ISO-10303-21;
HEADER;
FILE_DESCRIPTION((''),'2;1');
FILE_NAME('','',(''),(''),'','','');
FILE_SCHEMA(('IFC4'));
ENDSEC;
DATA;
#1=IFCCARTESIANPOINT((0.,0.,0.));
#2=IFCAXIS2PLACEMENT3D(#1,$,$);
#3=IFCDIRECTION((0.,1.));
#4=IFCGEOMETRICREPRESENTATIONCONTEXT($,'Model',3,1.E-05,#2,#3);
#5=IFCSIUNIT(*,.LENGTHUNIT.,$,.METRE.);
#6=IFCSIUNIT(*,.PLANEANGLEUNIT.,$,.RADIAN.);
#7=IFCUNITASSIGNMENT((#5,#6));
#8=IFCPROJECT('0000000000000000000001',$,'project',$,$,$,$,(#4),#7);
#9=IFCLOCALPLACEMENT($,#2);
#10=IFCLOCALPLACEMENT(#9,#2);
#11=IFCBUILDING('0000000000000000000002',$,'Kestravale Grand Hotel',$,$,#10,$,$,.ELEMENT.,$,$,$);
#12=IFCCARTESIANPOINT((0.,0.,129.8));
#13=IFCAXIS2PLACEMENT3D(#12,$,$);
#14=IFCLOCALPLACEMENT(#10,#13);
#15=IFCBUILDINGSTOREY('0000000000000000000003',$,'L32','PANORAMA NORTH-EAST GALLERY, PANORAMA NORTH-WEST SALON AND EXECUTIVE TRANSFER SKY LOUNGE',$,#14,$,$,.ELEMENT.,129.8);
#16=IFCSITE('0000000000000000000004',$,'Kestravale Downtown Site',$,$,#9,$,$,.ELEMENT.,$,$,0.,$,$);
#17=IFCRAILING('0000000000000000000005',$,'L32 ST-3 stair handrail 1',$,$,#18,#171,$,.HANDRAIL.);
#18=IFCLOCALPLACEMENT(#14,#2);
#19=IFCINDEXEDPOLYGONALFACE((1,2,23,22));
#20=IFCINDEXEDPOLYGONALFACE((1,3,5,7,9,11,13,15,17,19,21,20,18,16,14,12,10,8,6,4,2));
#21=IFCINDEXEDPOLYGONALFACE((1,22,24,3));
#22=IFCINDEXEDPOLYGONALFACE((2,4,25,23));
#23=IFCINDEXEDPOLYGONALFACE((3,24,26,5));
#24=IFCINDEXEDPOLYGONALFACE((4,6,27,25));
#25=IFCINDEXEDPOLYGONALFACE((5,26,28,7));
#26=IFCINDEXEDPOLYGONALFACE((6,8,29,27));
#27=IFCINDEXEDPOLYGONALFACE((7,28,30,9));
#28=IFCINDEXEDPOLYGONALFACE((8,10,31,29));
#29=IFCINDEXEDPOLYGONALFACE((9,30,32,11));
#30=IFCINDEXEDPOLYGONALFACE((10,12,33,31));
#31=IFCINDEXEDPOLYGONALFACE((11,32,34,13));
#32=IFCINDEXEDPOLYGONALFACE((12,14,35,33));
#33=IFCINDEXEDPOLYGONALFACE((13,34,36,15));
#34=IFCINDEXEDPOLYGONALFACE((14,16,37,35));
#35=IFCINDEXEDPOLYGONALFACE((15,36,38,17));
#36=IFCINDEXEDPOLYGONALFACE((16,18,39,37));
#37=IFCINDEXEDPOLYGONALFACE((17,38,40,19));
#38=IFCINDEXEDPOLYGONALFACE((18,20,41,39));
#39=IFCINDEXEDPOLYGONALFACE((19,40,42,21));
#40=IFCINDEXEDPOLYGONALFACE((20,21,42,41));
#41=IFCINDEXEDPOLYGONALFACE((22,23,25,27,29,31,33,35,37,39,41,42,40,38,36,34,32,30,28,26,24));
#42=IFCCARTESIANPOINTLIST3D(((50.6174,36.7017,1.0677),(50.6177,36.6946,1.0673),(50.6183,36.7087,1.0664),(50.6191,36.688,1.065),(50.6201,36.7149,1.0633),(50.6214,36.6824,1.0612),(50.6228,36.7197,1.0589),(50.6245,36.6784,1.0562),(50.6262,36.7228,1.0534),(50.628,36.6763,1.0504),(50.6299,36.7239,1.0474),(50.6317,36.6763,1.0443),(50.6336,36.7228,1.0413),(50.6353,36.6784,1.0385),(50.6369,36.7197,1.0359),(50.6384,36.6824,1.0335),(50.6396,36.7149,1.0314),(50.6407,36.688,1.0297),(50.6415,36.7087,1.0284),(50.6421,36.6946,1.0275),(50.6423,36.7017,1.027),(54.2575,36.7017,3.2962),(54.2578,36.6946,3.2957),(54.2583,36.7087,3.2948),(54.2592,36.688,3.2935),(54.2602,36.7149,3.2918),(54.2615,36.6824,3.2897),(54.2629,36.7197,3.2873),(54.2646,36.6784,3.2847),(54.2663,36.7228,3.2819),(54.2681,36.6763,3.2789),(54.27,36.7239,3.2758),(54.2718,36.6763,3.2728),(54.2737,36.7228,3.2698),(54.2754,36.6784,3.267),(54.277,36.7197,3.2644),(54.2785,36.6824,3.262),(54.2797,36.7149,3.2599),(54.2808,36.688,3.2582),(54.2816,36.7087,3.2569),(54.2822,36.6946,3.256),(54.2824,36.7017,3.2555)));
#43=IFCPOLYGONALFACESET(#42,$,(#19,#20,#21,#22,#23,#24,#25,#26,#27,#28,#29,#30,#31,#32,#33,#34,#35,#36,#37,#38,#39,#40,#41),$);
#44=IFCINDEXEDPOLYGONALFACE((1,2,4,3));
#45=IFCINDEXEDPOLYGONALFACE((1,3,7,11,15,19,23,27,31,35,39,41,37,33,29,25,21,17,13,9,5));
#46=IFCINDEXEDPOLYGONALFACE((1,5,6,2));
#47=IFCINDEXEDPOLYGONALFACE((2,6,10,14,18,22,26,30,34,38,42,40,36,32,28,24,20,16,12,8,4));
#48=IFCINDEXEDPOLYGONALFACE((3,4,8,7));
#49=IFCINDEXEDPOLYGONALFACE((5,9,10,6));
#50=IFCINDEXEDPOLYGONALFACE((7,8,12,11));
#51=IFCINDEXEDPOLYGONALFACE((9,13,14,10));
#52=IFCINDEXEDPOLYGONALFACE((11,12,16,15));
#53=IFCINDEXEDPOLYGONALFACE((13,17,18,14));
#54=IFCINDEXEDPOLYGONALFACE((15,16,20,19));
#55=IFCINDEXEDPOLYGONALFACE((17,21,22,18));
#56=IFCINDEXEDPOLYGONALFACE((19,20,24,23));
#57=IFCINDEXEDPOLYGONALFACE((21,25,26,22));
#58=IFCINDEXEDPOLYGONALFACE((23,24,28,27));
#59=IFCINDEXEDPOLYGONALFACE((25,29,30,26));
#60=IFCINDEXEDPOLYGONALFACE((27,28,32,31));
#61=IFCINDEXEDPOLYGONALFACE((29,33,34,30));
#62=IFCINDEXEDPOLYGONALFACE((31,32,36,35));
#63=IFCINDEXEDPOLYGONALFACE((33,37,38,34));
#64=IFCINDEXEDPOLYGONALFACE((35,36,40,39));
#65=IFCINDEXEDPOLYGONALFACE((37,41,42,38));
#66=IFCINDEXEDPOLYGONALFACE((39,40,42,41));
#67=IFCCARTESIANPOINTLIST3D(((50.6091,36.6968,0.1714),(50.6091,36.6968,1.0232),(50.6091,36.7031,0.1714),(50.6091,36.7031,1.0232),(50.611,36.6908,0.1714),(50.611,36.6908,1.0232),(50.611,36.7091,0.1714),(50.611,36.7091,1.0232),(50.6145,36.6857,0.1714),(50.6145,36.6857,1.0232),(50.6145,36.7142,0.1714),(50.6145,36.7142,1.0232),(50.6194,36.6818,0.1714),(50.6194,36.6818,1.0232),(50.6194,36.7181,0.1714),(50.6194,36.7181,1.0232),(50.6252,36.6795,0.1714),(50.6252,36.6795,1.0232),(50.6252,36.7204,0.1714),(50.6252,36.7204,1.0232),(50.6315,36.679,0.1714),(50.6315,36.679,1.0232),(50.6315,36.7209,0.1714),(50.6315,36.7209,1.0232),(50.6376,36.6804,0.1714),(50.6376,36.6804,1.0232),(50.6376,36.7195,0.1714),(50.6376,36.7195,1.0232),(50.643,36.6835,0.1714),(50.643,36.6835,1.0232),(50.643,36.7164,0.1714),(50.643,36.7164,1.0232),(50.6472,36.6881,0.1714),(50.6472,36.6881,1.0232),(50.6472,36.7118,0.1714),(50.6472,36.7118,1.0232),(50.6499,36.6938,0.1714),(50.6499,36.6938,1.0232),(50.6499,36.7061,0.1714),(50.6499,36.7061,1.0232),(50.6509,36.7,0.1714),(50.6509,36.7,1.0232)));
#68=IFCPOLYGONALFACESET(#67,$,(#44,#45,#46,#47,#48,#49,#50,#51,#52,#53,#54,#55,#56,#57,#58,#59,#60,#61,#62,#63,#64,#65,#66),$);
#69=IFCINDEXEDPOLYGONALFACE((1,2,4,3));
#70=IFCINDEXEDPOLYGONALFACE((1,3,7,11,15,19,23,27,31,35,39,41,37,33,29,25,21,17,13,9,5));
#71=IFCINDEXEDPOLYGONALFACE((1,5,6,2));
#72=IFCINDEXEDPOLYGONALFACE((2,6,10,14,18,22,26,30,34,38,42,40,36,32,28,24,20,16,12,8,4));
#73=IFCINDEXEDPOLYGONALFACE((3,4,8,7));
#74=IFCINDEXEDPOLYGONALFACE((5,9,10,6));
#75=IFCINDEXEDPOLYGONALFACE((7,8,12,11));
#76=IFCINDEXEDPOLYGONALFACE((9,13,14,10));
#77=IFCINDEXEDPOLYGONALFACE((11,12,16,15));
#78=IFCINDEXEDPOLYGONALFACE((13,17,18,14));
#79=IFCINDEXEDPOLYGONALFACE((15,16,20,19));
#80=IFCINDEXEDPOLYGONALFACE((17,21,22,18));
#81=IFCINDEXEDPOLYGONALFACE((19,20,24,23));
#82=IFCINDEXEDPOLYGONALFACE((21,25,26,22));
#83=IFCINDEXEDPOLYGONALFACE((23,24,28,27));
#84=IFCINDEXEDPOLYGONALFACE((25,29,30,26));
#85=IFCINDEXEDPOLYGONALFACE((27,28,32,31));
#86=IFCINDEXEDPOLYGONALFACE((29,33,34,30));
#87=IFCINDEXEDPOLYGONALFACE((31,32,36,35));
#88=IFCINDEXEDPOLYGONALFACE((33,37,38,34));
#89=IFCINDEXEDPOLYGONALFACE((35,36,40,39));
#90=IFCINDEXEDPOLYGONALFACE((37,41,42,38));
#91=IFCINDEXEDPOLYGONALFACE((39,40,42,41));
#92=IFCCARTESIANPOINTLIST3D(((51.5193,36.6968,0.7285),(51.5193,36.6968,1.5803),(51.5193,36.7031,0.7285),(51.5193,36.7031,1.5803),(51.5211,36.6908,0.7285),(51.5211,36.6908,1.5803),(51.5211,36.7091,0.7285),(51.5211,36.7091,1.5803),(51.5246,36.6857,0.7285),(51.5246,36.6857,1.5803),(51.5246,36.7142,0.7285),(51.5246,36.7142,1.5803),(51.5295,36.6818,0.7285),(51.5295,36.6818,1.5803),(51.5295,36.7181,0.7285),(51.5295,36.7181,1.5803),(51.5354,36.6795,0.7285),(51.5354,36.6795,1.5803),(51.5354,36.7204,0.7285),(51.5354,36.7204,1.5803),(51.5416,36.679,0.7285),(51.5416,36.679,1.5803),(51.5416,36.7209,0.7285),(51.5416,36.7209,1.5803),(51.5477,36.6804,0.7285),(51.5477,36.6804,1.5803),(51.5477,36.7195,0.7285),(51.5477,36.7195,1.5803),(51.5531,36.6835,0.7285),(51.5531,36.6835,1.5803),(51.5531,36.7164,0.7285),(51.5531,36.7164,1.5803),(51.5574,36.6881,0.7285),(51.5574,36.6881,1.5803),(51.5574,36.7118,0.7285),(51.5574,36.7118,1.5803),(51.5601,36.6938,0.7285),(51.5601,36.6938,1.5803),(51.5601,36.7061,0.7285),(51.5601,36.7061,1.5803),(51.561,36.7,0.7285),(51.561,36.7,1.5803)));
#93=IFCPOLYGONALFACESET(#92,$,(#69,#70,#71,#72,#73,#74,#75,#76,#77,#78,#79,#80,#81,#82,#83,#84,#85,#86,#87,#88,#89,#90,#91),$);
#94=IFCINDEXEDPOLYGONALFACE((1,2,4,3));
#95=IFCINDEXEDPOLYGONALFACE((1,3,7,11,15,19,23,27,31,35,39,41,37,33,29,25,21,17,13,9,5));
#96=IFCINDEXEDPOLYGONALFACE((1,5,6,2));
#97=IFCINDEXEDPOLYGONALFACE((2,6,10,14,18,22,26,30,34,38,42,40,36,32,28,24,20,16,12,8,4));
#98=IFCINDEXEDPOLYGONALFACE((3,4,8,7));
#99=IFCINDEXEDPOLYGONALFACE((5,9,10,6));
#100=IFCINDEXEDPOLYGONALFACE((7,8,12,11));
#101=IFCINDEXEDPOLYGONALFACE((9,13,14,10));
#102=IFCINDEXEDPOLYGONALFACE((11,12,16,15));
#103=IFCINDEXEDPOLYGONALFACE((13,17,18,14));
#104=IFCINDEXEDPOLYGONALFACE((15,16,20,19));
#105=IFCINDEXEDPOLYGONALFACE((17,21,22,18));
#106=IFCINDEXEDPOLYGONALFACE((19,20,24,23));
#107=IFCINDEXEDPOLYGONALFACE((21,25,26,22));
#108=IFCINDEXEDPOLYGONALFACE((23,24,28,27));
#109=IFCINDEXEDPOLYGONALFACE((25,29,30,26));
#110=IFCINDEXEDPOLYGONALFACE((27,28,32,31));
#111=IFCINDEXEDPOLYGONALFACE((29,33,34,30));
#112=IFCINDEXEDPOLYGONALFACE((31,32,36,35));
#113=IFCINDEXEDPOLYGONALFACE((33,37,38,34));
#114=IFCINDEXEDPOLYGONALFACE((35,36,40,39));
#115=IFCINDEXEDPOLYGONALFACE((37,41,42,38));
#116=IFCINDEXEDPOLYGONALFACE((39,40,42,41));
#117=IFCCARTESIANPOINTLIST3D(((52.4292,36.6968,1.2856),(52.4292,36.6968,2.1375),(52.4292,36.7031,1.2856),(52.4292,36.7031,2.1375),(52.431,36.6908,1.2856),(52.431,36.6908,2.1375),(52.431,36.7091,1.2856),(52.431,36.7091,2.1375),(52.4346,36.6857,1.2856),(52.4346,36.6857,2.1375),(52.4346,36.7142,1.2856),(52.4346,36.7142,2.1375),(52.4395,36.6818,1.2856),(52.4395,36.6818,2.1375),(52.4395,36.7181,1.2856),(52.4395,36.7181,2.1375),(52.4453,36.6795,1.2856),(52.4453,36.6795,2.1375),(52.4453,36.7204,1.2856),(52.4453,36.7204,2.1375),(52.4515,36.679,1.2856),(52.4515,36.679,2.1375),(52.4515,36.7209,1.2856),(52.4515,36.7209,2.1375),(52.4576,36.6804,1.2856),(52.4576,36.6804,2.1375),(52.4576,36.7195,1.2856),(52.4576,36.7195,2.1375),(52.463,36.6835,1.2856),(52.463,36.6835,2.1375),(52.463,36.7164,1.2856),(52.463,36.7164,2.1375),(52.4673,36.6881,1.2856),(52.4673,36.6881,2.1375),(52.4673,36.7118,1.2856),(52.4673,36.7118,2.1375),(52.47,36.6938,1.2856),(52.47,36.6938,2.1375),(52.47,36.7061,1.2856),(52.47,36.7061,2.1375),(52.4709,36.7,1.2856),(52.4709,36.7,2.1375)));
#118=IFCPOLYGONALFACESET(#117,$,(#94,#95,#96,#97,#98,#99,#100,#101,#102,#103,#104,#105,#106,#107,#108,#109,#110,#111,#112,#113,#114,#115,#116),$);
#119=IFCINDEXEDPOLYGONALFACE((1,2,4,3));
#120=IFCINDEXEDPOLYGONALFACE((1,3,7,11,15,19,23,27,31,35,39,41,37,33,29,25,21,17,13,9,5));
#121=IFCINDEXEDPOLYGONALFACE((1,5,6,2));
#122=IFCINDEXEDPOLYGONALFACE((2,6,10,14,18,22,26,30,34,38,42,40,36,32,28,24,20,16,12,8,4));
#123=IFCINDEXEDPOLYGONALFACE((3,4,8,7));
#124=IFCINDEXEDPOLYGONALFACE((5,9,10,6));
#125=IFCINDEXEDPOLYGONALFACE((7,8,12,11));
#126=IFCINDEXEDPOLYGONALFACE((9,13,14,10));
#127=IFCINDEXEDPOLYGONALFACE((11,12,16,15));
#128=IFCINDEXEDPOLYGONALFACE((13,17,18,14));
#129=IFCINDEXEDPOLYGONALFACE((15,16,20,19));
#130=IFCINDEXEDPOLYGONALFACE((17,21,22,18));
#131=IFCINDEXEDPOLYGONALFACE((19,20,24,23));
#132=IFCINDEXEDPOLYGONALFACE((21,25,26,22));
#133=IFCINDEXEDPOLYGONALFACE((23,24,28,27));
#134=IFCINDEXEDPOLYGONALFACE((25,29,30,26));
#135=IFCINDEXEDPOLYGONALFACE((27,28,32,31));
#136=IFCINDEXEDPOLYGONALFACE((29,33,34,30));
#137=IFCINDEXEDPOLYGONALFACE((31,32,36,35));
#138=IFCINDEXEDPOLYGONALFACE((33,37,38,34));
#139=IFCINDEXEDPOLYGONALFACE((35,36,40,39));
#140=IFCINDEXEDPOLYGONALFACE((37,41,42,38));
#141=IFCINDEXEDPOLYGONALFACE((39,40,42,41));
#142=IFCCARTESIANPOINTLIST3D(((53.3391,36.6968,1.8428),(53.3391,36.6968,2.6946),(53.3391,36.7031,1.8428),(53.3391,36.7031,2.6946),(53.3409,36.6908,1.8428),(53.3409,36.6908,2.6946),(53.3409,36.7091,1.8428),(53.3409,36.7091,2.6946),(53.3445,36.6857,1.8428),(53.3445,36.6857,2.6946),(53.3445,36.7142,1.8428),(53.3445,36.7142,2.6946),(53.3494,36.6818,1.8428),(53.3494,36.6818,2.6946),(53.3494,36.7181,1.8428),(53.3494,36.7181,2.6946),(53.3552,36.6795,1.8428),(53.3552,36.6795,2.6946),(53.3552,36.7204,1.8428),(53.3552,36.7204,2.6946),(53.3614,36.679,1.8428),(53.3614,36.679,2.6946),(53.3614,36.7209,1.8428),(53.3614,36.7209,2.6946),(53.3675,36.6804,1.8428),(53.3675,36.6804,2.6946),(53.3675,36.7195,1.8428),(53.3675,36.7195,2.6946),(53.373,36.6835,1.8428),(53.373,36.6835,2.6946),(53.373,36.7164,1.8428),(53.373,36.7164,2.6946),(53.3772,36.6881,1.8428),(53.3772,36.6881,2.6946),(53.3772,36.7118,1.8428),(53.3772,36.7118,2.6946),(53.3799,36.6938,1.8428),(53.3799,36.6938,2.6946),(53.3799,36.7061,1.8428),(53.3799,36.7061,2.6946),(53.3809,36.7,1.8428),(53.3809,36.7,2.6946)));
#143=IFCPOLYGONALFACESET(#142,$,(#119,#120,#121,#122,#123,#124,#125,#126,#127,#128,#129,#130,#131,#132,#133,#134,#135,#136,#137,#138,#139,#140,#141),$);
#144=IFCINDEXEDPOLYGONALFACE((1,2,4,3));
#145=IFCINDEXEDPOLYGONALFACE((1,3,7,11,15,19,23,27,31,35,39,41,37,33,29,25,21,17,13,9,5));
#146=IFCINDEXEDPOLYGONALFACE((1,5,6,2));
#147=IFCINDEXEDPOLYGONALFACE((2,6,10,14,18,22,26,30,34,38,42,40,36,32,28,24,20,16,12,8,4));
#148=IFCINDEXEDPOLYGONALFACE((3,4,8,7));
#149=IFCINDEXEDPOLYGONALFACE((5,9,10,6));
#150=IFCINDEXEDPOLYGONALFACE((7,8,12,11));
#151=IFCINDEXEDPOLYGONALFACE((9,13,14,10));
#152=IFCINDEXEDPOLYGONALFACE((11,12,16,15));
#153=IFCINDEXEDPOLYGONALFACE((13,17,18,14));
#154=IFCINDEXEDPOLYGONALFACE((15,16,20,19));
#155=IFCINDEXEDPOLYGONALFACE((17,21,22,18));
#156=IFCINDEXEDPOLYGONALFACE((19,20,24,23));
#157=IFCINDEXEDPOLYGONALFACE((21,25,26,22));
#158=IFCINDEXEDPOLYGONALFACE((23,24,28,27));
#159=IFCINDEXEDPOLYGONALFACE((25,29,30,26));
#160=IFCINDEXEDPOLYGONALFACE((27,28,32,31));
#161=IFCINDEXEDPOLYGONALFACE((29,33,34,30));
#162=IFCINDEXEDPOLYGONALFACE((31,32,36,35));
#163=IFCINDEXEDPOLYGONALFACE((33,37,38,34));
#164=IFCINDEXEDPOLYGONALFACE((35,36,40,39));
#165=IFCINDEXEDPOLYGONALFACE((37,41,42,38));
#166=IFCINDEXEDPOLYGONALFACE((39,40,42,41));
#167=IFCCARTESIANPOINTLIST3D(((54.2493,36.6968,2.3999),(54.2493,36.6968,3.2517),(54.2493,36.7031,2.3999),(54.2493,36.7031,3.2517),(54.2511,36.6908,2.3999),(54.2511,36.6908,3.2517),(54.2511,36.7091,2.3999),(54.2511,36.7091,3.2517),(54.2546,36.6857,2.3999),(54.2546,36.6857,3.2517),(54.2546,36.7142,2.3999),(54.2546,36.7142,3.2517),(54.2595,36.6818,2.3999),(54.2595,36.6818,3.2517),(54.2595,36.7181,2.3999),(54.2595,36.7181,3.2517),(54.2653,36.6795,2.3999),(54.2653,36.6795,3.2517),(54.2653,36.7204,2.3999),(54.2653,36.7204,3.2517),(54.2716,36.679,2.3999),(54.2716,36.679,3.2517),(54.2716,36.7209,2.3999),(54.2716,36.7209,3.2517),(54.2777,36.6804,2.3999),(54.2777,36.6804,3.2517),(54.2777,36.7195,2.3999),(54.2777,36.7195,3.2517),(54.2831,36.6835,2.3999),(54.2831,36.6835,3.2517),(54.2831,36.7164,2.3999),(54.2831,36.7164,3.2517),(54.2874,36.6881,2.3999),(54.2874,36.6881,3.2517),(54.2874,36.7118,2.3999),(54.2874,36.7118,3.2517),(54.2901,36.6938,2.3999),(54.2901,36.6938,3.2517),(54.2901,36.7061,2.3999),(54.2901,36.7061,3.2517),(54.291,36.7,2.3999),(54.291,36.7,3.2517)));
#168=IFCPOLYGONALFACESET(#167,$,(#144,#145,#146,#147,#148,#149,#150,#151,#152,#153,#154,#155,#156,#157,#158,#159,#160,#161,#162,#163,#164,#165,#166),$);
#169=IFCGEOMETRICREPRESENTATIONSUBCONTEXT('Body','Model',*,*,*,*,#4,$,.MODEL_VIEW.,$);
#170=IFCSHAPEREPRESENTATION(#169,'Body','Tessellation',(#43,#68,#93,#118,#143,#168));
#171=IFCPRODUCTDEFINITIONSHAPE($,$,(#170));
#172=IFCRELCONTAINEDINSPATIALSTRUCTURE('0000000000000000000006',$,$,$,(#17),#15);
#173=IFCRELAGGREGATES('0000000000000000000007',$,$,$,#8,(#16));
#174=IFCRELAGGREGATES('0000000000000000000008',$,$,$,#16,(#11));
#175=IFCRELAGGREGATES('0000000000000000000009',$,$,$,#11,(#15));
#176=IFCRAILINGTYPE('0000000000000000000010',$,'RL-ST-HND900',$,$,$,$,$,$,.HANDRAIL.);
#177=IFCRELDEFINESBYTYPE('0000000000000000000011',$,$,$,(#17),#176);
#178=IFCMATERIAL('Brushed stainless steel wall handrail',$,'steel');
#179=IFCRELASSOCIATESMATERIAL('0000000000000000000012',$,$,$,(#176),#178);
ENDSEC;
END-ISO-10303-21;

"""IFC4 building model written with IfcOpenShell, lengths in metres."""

from ifc_helpers import new_model, si_unit, direction, frame, origin, origin_2d, place, context, subcontext, project, spatial, circle, extrude, material, type_object, element, save


model = new_model("IFC4")

# Units and contexts
model_context = context("Model", 3, precision=1e-05, world=origin(), true_north=direction((0.0, 1.0)))
body_context = subcontext(model_context, "Body", "Model", "MODEL_VIEW")
ifc_project = project(units=[si_unit("LENGTHUNIT", "METRE"), si_unit("PLANEANGLEUNIT", "RADIAN")], contexts=[model_context])

# Site, building, storey
site_placement = place(None, origin())
site = spatial("IfcSite", under=ifc_project, at=site_placement, Name="Kestravale Downtown Site", CompositionType="ELEMENT", RefElevation=0.0)
building_placement = place(site_placement, origin())
building = spatial("IfcBuilding", under=site, at=building_placement, Name="Kestravale Grand Hotel", CompositionType="ELEMENT")
storey_placement = place(building_placement, frame((0.0, 0.0, 129.8)))
storey = spatial("IfcBuildingStorey", under=building, at=storey_placement, Name="L32", Description="PANORAMA NORTH-EAST GALLERY, PANORAMA NORTH-WEST SALON AND EXECUTIVE TRANSFER SKY LOUNGE", CompositionType="ELEMENT", Elevation=129.8)

# Railing
ifc_material_1 = material(Name="Brushed stainless steel wall handrail", Category="steel")
railing_type_1 = type_object("IfcRailingType", Name="RL-ST-HND900", PredefinedType="HANDRAIL", material=ifc_material_1)
railing_1_placement = place(storey_placement, frame((50.6299, 36.7, 0.1714)))
element("IfcRailing", 1, at=railing_1_placement, inside=storey, type_object=railing_type_1, Name="L32 ST-3 stair handrail 1", PredefinedType="HANDRAIL", context=body_context, shape_type="SweptSolid", body=[
    extrude(circle(Radius=0.0239, at=origin_2d()), frame((0.0, 0.0, 0.876), z_axis=(0.852866, 0.0, 0.52213), x_axis=(0.0, 1.0, 0.0)), (0.0, 0.0, 1.0), 4.2681),
    extrude(circle(Radius=0.021, at=origin_2d()), origin(), (0.0, 0.0, 1.0), 0.8518),
    extrude(circle(Radius=0.021, at=origin_2d()), frame((0.9102, 0.0, 0.5571)), (0.0, 0.0, 1.0), 0.8518),
    extrude(circle(Radius=0.021, at=origin_2d()), frame((1.8201, 0.0, 1.1143)), (0.0, 0.0, 1.0), 0.8518),
    extrude(circle(Radius=0.021, at=origin_2d()), frame((2.73, 0.0, 1.6714)), (0.0, 0.0, 1.0), 0.8518),
    extrude(circle(Radius=0.021, at=origin_2d()), frame((3.6401, 0.0, 2.2285)), (0.0, 0.0, 1.0), 0.8518),
])

save(model, "model.ifc")
